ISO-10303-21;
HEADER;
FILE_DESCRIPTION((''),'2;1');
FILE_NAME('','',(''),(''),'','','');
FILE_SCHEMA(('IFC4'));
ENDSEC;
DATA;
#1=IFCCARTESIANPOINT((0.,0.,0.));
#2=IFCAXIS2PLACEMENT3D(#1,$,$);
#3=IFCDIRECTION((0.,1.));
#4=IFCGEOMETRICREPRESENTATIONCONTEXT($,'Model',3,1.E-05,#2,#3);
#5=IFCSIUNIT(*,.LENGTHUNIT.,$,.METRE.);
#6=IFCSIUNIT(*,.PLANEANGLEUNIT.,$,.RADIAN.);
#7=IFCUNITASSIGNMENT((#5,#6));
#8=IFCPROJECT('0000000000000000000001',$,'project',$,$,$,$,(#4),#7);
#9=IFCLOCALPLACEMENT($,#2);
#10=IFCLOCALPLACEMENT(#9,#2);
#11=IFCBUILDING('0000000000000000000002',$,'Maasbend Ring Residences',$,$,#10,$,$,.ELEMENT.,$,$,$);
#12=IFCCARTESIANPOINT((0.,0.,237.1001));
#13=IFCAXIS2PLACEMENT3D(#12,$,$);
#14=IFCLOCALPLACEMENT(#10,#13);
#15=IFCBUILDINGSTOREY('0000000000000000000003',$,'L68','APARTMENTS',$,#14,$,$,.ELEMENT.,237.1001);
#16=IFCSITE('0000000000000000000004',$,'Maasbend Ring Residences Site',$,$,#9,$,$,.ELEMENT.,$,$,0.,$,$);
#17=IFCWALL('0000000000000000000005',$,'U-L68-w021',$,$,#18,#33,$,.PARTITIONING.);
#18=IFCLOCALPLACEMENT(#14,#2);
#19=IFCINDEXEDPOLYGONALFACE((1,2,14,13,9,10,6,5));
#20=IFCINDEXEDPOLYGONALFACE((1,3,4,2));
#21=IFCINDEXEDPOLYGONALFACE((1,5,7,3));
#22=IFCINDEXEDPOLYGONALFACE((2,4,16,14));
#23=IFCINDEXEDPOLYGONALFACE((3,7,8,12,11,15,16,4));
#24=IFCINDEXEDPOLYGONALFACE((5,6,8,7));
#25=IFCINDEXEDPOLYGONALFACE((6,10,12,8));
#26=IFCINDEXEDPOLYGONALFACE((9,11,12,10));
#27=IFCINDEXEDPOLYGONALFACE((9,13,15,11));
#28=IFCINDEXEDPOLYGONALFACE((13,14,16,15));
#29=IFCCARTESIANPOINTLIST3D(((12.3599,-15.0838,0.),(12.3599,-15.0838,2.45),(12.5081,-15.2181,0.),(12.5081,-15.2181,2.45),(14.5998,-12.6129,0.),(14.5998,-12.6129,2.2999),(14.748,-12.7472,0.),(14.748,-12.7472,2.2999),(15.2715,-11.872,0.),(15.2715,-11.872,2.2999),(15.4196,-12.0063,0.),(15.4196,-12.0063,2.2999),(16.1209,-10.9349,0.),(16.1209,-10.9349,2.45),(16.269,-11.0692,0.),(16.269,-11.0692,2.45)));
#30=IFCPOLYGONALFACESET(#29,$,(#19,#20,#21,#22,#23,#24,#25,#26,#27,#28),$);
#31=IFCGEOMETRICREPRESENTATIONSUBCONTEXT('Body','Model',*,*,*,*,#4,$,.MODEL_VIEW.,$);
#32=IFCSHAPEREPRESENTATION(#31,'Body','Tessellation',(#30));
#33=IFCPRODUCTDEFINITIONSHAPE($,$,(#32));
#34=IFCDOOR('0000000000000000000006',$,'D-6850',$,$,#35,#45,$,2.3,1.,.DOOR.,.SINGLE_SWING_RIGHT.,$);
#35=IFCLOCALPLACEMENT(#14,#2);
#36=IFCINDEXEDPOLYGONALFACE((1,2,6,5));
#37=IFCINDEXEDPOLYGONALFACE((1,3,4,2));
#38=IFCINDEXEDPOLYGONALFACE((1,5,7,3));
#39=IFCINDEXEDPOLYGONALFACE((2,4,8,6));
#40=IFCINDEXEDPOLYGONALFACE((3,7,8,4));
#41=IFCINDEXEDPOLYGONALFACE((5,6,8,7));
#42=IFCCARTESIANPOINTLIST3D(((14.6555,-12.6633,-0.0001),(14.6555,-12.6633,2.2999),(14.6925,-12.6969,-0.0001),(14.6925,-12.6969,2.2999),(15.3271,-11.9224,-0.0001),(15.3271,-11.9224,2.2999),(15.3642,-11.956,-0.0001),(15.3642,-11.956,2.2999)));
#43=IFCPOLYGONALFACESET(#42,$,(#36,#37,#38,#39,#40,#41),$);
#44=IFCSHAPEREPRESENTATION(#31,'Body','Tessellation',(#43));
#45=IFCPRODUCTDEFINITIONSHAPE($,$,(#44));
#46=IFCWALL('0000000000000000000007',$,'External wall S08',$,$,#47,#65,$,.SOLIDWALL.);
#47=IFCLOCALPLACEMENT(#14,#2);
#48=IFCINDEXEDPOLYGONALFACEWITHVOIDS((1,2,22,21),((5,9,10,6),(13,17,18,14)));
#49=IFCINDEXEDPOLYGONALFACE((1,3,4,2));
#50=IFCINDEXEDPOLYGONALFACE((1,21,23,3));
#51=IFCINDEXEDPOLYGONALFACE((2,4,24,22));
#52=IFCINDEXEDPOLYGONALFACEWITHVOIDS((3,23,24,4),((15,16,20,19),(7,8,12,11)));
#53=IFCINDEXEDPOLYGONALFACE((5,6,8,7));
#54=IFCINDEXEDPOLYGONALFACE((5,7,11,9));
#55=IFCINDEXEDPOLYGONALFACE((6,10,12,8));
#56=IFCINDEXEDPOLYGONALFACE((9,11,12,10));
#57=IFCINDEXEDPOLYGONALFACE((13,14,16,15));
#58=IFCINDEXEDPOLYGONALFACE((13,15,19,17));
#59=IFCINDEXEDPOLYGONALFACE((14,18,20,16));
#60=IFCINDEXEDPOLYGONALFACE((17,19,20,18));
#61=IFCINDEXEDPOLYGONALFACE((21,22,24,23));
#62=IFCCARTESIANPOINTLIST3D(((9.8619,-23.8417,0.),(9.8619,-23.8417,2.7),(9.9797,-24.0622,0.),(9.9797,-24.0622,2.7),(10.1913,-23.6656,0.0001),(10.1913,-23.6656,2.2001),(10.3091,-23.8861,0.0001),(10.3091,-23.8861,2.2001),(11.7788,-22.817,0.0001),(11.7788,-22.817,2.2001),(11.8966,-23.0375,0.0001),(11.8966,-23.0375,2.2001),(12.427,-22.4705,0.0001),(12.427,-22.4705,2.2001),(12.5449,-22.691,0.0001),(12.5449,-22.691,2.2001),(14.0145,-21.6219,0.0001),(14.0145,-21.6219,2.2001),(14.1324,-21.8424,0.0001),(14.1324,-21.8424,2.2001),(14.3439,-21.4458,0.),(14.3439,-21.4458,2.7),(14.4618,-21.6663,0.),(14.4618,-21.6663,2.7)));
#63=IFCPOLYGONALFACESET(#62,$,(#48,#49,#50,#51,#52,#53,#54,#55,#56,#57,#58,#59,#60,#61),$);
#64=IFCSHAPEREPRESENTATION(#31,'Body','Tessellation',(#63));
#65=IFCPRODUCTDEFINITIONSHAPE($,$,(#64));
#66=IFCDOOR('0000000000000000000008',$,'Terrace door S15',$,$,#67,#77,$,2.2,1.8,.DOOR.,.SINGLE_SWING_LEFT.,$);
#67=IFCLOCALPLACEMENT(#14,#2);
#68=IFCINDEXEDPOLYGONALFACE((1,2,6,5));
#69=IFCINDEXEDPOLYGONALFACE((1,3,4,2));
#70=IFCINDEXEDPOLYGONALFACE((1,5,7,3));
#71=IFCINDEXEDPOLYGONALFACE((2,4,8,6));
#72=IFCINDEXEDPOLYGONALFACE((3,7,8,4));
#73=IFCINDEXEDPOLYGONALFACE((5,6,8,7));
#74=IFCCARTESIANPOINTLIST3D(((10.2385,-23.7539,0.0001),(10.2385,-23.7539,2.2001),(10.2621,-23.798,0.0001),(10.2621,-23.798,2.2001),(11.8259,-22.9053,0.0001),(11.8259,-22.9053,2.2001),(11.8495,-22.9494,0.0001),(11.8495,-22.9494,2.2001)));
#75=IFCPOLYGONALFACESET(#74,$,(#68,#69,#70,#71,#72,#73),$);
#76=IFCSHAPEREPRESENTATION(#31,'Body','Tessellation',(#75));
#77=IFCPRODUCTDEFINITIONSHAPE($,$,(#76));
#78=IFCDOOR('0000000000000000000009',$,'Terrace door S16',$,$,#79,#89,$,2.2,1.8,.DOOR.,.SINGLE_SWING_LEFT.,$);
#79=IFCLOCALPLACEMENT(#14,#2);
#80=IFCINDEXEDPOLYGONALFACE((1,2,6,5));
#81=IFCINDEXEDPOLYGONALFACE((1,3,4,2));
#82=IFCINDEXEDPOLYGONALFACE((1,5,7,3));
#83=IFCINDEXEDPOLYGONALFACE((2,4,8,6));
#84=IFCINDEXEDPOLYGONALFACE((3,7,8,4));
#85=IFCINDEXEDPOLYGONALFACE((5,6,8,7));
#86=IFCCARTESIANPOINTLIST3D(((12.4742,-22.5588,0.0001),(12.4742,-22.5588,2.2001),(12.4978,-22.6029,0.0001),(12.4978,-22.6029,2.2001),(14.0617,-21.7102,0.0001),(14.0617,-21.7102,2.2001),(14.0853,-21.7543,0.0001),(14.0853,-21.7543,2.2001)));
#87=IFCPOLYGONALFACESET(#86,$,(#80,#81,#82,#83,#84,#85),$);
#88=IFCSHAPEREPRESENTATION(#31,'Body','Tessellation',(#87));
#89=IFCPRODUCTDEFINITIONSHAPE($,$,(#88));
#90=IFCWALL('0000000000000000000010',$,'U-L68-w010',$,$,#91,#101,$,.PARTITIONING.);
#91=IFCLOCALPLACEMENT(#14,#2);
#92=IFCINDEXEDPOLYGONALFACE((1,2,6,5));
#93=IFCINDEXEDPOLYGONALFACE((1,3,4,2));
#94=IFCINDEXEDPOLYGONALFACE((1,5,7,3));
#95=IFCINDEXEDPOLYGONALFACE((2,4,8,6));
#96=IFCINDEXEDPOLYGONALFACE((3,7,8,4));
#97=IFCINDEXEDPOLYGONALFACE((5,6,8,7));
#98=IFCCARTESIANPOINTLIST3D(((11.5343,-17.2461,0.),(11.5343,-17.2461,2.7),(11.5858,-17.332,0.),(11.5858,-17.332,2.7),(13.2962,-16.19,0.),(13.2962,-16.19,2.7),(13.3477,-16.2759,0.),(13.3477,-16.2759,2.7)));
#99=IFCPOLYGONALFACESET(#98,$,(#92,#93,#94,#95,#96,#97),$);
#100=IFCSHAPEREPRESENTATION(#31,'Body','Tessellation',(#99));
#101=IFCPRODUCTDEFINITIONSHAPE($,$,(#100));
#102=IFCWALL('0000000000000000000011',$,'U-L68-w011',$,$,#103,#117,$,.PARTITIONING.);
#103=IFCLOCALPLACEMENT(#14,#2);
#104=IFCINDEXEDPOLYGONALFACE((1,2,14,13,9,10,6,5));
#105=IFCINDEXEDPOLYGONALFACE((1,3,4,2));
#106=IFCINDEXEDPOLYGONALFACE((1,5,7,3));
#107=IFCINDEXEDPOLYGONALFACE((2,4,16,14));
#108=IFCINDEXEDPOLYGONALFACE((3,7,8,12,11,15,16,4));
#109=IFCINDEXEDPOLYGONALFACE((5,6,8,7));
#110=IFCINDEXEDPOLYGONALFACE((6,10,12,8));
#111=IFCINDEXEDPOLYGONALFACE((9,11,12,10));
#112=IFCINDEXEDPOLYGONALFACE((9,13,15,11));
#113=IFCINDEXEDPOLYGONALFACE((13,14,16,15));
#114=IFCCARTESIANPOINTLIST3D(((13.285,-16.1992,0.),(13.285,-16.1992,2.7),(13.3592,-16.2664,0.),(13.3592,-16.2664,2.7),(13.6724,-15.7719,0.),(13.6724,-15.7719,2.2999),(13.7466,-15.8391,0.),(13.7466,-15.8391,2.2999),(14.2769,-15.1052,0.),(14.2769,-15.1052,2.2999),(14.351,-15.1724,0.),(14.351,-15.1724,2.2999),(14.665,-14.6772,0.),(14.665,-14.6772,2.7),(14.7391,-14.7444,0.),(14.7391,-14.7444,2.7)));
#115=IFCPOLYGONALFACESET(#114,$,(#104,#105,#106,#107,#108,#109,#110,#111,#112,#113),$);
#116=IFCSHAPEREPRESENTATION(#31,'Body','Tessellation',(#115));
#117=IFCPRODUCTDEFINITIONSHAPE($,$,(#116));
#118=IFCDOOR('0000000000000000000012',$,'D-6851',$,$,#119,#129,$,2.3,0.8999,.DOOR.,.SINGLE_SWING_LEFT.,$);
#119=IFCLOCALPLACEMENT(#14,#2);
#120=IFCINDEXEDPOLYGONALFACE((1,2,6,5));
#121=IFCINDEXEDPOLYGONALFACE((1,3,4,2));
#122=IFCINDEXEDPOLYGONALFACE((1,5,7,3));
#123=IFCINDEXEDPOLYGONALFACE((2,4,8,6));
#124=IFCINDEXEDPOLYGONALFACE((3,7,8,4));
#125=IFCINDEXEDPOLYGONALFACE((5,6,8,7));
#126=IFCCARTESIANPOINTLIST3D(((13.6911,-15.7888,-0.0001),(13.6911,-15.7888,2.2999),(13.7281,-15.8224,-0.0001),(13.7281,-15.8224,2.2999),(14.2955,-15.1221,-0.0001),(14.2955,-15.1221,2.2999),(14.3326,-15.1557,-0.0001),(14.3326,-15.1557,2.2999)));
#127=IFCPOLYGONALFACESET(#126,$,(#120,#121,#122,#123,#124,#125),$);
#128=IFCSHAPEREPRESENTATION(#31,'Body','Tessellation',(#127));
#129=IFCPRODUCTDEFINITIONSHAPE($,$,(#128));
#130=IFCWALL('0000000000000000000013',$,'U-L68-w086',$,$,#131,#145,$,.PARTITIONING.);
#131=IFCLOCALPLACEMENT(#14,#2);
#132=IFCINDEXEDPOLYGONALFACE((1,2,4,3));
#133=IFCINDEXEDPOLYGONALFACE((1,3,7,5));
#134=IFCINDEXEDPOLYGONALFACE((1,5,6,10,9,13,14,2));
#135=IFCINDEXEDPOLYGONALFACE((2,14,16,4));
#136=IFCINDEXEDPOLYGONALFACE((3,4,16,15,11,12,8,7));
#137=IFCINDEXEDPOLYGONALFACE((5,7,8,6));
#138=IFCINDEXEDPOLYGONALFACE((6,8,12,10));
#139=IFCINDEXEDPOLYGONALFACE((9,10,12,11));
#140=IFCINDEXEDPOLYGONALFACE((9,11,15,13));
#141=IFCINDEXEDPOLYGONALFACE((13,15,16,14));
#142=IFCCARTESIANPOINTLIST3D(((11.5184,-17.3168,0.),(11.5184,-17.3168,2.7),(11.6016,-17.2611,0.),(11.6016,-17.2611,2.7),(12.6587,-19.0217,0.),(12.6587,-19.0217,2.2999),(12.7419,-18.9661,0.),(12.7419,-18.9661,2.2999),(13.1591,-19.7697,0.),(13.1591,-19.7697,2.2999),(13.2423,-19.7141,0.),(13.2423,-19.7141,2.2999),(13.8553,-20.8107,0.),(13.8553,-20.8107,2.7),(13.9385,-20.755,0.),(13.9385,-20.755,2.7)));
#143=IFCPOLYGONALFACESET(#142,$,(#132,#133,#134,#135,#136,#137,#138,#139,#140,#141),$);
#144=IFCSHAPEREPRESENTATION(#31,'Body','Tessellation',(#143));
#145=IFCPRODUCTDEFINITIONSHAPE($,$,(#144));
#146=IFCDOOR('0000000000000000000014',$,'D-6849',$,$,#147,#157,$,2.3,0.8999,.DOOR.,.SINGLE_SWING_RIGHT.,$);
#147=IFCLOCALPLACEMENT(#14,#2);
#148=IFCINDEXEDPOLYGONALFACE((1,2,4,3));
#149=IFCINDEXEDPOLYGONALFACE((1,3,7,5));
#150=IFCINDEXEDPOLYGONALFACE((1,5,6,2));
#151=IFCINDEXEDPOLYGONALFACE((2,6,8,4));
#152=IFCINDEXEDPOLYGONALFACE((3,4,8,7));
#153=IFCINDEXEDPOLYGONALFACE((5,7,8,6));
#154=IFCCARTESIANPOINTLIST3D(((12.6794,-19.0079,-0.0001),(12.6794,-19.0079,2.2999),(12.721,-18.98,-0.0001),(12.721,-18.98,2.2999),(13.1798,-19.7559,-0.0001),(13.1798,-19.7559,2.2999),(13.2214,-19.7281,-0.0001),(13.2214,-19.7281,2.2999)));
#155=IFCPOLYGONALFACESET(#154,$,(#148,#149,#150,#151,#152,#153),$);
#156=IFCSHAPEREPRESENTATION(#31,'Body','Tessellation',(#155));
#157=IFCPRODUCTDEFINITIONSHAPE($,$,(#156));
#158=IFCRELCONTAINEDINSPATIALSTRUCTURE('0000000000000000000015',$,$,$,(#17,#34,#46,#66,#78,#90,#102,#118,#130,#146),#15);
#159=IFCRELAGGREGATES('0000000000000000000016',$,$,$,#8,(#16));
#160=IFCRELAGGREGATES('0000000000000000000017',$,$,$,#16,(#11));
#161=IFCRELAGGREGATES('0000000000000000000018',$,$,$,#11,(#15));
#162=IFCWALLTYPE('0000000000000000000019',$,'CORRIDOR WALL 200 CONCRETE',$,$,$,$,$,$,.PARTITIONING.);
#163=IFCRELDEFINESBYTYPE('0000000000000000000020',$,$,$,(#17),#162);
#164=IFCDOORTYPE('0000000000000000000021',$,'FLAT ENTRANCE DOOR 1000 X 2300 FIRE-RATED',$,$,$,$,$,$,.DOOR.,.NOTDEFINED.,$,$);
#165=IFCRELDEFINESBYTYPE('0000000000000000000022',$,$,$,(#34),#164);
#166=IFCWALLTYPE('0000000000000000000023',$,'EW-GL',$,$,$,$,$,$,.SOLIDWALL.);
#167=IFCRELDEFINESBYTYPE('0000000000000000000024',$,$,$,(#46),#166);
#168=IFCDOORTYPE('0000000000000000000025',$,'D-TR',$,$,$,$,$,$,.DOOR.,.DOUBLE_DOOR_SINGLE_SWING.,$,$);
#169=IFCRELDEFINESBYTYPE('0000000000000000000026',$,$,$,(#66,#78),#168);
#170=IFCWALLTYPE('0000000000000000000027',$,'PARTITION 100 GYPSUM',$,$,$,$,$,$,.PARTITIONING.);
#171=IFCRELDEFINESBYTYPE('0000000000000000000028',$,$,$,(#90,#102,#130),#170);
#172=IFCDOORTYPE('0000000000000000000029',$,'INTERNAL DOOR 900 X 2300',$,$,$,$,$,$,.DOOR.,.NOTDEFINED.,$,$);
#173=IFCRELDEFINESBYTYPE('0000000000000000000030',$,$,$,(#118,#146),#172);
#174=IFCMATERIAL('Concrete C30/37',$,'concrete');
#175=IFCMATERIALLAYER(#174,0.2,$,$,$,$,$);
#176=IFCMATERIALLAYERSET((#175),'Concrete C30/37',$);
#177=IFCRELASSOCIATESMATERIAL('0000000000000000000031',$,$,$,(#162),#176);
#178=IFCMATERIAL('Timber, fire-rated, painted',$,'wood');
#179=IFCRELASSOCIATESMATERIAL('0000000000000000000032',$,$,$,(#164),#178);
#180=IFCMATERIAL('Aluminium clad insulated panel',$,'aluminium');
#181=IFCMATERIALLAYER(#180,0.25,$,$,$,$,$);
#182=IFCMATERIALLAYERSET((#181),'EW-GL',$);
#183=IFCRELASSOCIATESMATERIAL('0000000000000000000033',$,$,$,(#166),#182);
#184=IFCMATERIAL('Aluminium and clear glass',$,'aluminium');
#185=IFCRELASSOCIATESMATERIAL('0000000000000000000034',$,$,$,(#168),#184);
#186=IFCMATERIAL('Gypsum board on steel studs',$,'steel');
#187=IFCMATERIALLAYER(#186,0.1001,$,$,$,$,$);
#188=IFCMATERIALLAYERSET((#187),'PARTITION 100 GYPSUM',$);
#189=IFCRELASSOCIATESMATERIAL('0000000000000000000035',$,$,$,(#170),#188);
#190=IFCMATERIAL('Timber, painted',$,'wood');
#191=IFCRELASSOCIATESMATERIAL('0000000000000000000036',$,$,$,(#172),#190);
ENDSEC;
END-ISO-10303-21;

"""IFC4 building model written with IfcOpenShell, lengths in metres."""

from ifc_helpers import new_model, si_unit, direction, frame, frame_2d, origin, place, context, subcontext, project, spatial, rectangle, extrude, material, layer, layer_set, type_object, element, fill, save


model = new_model("IFC4")

# Units and contexts
model_context = context("Model", 3, precision=1e-05, world=origin(), true_north=direction((0.0, 1.0)))
body_context = subcontext(model_context, "Body", "Model", "MODEL_VIEW")
ifc_project = project(units=[si_unit("LENGTHUNIT", "METRE"), si_unit("PLANEANGLEUNIT", "RADIAN")], contexts=[model_context])

# Site, building, storey
site_placement = place(None, origin())
site = spatial("IfcSite", under=ifc_project, at=site_placement, Name="Maasbend Ring Residences Site", CompositionType="ELEMENT", RefElevation=0.0)
building_placement = place(site_placement, origin())
building = spatial("IfcBuilding", under=site, at=building_placement, Name="Maasbend Ring Residences", CompositionType="ELEMENT")
storey_placement = place(building_placement, frame((0.0, 0.0, 237.1001)))
storey = spatial("IfcBuildingStorey", under=building, at=storey_placement, Name="L68", Description="APARTMENTS", CompositionType="ELEMENT", Elevation=237.1001)

# Wall, opening, door
ifc_material_1 = material(Name="Concrete C30/37", Category="concrete")
ifc_layer_1 = layer(ifc_material_1, 0.2)
ifc_layer_set_1 = layer_set([ifc_layer_1], Name="Concrete C30/37")
wall_type_1 = type_object("IfcWallType", Name="CORRIDOR WALL 200 CONCRETE", PredefinedType="PARTITIONING", material=ifc_layer_set_1)
wall_1_placement = place(storey_placement, frame((12.4341, -15.1509, 0.0), z_axis=(0.0, 0.0, 1.0), x_axis=(0.67162, 0.740896, 0.0)))
wall_1 = element("IfcWall", 1, at=wall_1_placement, inside=storey, type_object=wall_type_1, Name="U-L68-w021", PredefinedType="PARTITIONING", context=body_context, shape_type="SweptSolid", body=[
    extrude(rectangle(XDim=5.5999, YDim=0.2, at=frame_2d((2.7998, 0.0))), origin(), (0.0, 0.0, 1.0), 2.45),
])
opening_1_placement = place(wall_1_placement, frame((3.335, 0.0, 0.0)))
opening_1 = element("IfcOpeningElement", 2, at=opening_1_placement, cuts=wall_1, PredefinedType="OPENING", context=body_context, shape_type="SweptSolid", body=[
    extrude(rectangle(XDim=1.0, YDim=2.3, at=frame_2d((0.5, 1.1499))), frame((0.0, 0.1099, 0.0), z_axis=(0.0, -1.0, 0.0), x_axis=(1.0, 0.0, 0.0)), (0.0, 0.0, 1.0), 0.22),
])
ifc_material_2 = material(Name="Timber, fire-rated, painted", Category="wood")
door_type_1 = type_object("IfcDoorType", Name="FLAT ENTRANCE DOOR 1000 X 2300 FIRE-RATED", OperationType="NOTDEFINED", PredefinedType="DOOR", material=ifc_material_2)
door_1_placement = place(opening_1_placement, origin())
door_1 = element("IfcDoor", 3, at=door_1_placement, inside=storey, type_object=door_type_1, Name="D-6850", OperationType="SINGLE_SWING_RIGHT", OverallHeight=2.3, OverallWidth=1.0, PredefinedType="DOOR", context=body_context, shape_type="SweptSolid", body=[
    extrude(rectangle(XDim=1.0, YDim=2.3, at=frame_2d((0.5, 1.1499))), frame((0.0, 0.0249, 0.0), z_axis=(0.0, -1.0, 0.0), x_axis=(1.0, 0.0, 0.0)), (0.0, 0.0, 1.0), 0.05),
])
fill(opening_1, door_1)

# Wall, openings, doors
ifc_material_3 = material(Name="Aluminium clad insulated panel", Category="aluminium")
ifc_layer_2 = layer(ifc_material_3, 0.25)
ifc_layer_set_2 = layer_set([ifc_layer_2], Name="EW-GL")
wall_type_2 = type_object("IfcWallType", Name="EW-GL", PredefinedType="SOLIDWALL", material=ifc_layer_set_2)
wall_2_placement = place(storey_placement, frame((9.9209, -23.9519, 0.0), z_axis=(0.0, 0.0, 1.0), x_axis=(0.881903, 0.471431, 0.0)))
wall_2 = element("IfcWall", 4, at=wall_2_placement, inside=storey, type_object=wall_type_2, Name="External wall S08", PredefinedType="SOLIDWALL", context=body_context, shape_type="SweptSolid", body=[
    extrude(rectangle(XDim=5.0823, YDim=0.25, at=frame_2d((2.541, 0.0))), origin(), (0.0, 0.0, 1.0), 2.7),
])
opening_2_placement = place(wall_2_placement, frame((0.3735, 0.0, 0.0)))
opening_2 = element("IfcOpeningElement", 5, at=opening_2_placement, cuts=wall_2, PredefinedType="OPENING", context=body_context, shape_type="SweptSolid", body=[
    extrude(rectangle(XDim=1.8, YDim=2.2, at=frame_2d((0.8999, 1.1001))), frame((0.0, 0.135, 0.0), z_axis=(0.0, -1.0, 0.0), x_axis=(1.0, 0.0, 0.0)), (0.0, 0.0, 1.0), 0.27),
])
opening_3_placement = place(wall_2_placement, frame((2.9087, 0.0, 0.0)))
opening_3 = element("IfcOpeningElement", 6, at=opening_3_placement, cuts=wall_2, PredefinedType="OPENING", context=body_context, shape_type="SweptSolid", body=[
    extrude(rectangle(XDim=1.8, YDim=2.2, at=frame_2d((0.8999, 1.1001))), frame((0.0, 0.135, 0.0), z_axis=(0.0, -1.0, 0.0), x_axis=(1.0, 0.0, 0.0)), (0.0, 0.0, 1.0), 0.27),
])
ifc_material_4 = material(Name="Aluminium and clear glass", Category="aluminium")
door_type_2 = type_object("IfcDoorType", Name="D-TR", OperationType="DOUBLE_DOOR_SINGLE_SWING", PredefinedType="DOOR", material=ifc_material_4)
door_2_placement = place(opening_2_placement, origin())
door_2 = element("IfcDoor", 7, at=door_2_placement, inside=storey, type_object=door_type_2, Name="Terrace door S15", OperationType="SINGLE_SWING_LEFT", OverallHeight=2.2, OverallWidth=1.8, PredefinedType="DOOR", context=body_context, shape_type="SweptSolid", body=[
    extrude(rectangle(XDim=1.8, YDim=2.2, at=frame_2d((0.8999, 1.1001))), frame((0.0, 0.0249, 0.0), z_axis=(0.0, -1.0, 0.0), x_axis=(1.0, 0.0, 0.0)), (0.0, 0.0, 1.0), 0.05),
])
fill(opening_2, door_2)
door_3_placement = place(opening_3_placement, origin())
door_3 = element("IfcDoor", 8, at=door_3_placement, inside=storey, type_object=door_type_2, Name="Terrace door S16", OperationType="SINGLE_SWING_LEFT", OverallHeight=2.2, OverallWidth=1.8, PredefinedType="DOOR", context=body_context, shape_type="SweptSolid", body=[
    extrude(rectangle(XDim=1.8, YDim=2.2, at=frame_2d((0.8999, 1.1001))), frame((0.0, 0.0249, 0.0), z_axis=(0.0, -1.0, 0.0), x_axis=(1.0, 0.0, 0.0)), (0.0, 0.0, 1.0), 0.05),
])
fill(opening_3, door_3)

# Wall
ifc_material_5 = material(Name="Gypsum board on steel studs", Category="steel")
ifc_layer_3 = layer(ifc_material_5, 0.1001)
ifc_layer_set_3 = layer_set([ifc_layer_3], Name="PARTITION 100 GYPSUM")
wall_type_3 = type_object("IfcWallType", Name="PARTITION 100 GYPSUM", PredefinedType="PARTITIONING", material=ifc_layer_set_3)
wall_3_placement = place(storey_placement, frame((11.5601, -17.2891, 0.0), z_axis=(0.0, 0.0, 1.0), x_axis=(0.857713, 0.514129, 0.0)))
element("IfcWall", 9, at=wall_3_placement, inside=storey, type_object=wall_type_3, Name="U-L68-w010", PredefinedType="PARTITIONING", context=body_context, shape_type="SweptSolid", body=[
    extrude(rectangle(XDim=2.0542, YDim=0.1001, at=frame_2d((1.0271, 0.0))), origin(), (0.0, 0.0, 1.0), 2.7),
])

# Walls, openings, doors
wall_4_placement = place(storey_placement, frame((13.322, -16.2329, 0.0), z_axis=(0.0, 0.0, 1.0), x_axis=(0.671678, 0.740843, 0.0)))
wall_4 = element("IfcWall", 10, at=wall_4_placement, inside=storey, type_object=wall_type_3, Name="U-L68-w011", PredefinedType="PARTITIONING", context=body_context, shape_type="SweptSolid", body=[
    extrude(rectangle(XDim=2.0544, YDim=0.1001, at=frame_2d((1.0273, 0.0))), origin(), (0.0, 0.0, 1.0), 2.7),
])
opening_4_placement = place(wall_4_placement, frame((0.5769, 0.0, 0.0)))
opening_4 = element("IfcOpeningElement", 11, at=opening_4_placement, cuts=wall_4, PredefinedType="OPENING", context=body_context, shape_type="SweptSolid", body=[
    extrude(rectangle(XDim=0.8999, YDim=2.3, at=frame_2d((0.45, 1.1499))), frame((0.0, 0.0601, 0.0), z_axis=(0.0, -1.0, 0.0), x_axis=(1.0, 0.0, 0.0)), (0.0, 0.0, 1.0), 0.1201),
])
ifc_material_6 = material(Name="Timber, painted", Category="wood")
door_type_3 = type_object("IfcDoorType", Name="INTERNAL DOOR 900 X 2300", OperationType="NOTDEFINED", PredefinedType="DOOR", material=ifc_material_6)
door_4_placement = place(opening_4_placement, origin())
door_4 = element("IfcDoor", 12, at=door_4_placement, inside=storey, type_object=door_type_3, Name="D-6851", OperationType="SINGLE_SWING_LEFT", OverallHeight=2.3, OverallWidth=0.8999, PredefinedType="DOOR", context=body_context, shape_type="SweptSolid", body=[
    extrude(rectangle(XDim=0.8999, YDim=2.3, at=frame_2d((0.45, 1.1499))), frame((0.0, 0.0249, 0.0), z_axis=(0.0, -1.0, 0.0), x_axis=(1.0, 0.0, 0.0)), (0.0, 0.0, 1.0), 0.05),
])
fill(opening_4, door_4)
wall_5_placement = place(storey_placement, frame((11.5601, -17.2891, 0.0), z_axis=(0.0, 0.0, 1.0), x_axis=(0.555959, -0.831209, 0.0)))
wall_5 = element("IfcWall", 13, at=wall_5_placement, inside=storey, type_object=wall_type_3, Name="U-L68-w086", PredefinedType="PARTITIONING", context=body_context, shape_type="SweptSolid", body=[
    extrude(rectangle(XDim=4.2034, YDim=0.1001, at=frame_2d((2.1016, 0.0))), origin(), (0.0, 0.0, 1.0), 2.7),
])
opening_5_placement = place(wall_5_placement, frame((2.051, 0.0, 0.0)))
opening_5 = element("IfcOpeningElement", 14, at=opening_5_placement, cuts=wall_5, PredefinedType="OPENING", context=body_context, shape_type="SweptSolid", body=[
    extrude(rectangle(XDim=0.8999, YDim=2.3, at=frame_2d((0.45, 1.1499))), frame((0.0, 0.0601, 0.0), z_axis=(0.0, -1.0, 0.0), x_axis=(1.0, 0.0, 0.0)), (0.0, 0.0, 1.0), 0.1201),
])
door_5_placement = place(opening_5_placement, origin())
door_5 = element("IfcDoor", 15, at=door_5_placement, inside=storey, type_object=door_type_3, Name="D-6849", OperationType="SINGLE_SWING_RIGHT", OverallHeight=2.3, OverallWidth=0.8999, PredefinedType="DOOR", context=body_context, shape_type="SweptSolid", body=[
    extrude(rectangle(XDim=0.8999, YDim=2.3, at=frame_2d((0.45, 1.1499))), frame((0.0, 0.0249, 0.0), z_axis=(0.0, -1.0, 0.0), x_axis=(1.0, 0.0, 0.0)), (0.0, 0.0, 1.0), 0.05),
])
fill(opening_5, door_5)

save(model, "model.ifc")
